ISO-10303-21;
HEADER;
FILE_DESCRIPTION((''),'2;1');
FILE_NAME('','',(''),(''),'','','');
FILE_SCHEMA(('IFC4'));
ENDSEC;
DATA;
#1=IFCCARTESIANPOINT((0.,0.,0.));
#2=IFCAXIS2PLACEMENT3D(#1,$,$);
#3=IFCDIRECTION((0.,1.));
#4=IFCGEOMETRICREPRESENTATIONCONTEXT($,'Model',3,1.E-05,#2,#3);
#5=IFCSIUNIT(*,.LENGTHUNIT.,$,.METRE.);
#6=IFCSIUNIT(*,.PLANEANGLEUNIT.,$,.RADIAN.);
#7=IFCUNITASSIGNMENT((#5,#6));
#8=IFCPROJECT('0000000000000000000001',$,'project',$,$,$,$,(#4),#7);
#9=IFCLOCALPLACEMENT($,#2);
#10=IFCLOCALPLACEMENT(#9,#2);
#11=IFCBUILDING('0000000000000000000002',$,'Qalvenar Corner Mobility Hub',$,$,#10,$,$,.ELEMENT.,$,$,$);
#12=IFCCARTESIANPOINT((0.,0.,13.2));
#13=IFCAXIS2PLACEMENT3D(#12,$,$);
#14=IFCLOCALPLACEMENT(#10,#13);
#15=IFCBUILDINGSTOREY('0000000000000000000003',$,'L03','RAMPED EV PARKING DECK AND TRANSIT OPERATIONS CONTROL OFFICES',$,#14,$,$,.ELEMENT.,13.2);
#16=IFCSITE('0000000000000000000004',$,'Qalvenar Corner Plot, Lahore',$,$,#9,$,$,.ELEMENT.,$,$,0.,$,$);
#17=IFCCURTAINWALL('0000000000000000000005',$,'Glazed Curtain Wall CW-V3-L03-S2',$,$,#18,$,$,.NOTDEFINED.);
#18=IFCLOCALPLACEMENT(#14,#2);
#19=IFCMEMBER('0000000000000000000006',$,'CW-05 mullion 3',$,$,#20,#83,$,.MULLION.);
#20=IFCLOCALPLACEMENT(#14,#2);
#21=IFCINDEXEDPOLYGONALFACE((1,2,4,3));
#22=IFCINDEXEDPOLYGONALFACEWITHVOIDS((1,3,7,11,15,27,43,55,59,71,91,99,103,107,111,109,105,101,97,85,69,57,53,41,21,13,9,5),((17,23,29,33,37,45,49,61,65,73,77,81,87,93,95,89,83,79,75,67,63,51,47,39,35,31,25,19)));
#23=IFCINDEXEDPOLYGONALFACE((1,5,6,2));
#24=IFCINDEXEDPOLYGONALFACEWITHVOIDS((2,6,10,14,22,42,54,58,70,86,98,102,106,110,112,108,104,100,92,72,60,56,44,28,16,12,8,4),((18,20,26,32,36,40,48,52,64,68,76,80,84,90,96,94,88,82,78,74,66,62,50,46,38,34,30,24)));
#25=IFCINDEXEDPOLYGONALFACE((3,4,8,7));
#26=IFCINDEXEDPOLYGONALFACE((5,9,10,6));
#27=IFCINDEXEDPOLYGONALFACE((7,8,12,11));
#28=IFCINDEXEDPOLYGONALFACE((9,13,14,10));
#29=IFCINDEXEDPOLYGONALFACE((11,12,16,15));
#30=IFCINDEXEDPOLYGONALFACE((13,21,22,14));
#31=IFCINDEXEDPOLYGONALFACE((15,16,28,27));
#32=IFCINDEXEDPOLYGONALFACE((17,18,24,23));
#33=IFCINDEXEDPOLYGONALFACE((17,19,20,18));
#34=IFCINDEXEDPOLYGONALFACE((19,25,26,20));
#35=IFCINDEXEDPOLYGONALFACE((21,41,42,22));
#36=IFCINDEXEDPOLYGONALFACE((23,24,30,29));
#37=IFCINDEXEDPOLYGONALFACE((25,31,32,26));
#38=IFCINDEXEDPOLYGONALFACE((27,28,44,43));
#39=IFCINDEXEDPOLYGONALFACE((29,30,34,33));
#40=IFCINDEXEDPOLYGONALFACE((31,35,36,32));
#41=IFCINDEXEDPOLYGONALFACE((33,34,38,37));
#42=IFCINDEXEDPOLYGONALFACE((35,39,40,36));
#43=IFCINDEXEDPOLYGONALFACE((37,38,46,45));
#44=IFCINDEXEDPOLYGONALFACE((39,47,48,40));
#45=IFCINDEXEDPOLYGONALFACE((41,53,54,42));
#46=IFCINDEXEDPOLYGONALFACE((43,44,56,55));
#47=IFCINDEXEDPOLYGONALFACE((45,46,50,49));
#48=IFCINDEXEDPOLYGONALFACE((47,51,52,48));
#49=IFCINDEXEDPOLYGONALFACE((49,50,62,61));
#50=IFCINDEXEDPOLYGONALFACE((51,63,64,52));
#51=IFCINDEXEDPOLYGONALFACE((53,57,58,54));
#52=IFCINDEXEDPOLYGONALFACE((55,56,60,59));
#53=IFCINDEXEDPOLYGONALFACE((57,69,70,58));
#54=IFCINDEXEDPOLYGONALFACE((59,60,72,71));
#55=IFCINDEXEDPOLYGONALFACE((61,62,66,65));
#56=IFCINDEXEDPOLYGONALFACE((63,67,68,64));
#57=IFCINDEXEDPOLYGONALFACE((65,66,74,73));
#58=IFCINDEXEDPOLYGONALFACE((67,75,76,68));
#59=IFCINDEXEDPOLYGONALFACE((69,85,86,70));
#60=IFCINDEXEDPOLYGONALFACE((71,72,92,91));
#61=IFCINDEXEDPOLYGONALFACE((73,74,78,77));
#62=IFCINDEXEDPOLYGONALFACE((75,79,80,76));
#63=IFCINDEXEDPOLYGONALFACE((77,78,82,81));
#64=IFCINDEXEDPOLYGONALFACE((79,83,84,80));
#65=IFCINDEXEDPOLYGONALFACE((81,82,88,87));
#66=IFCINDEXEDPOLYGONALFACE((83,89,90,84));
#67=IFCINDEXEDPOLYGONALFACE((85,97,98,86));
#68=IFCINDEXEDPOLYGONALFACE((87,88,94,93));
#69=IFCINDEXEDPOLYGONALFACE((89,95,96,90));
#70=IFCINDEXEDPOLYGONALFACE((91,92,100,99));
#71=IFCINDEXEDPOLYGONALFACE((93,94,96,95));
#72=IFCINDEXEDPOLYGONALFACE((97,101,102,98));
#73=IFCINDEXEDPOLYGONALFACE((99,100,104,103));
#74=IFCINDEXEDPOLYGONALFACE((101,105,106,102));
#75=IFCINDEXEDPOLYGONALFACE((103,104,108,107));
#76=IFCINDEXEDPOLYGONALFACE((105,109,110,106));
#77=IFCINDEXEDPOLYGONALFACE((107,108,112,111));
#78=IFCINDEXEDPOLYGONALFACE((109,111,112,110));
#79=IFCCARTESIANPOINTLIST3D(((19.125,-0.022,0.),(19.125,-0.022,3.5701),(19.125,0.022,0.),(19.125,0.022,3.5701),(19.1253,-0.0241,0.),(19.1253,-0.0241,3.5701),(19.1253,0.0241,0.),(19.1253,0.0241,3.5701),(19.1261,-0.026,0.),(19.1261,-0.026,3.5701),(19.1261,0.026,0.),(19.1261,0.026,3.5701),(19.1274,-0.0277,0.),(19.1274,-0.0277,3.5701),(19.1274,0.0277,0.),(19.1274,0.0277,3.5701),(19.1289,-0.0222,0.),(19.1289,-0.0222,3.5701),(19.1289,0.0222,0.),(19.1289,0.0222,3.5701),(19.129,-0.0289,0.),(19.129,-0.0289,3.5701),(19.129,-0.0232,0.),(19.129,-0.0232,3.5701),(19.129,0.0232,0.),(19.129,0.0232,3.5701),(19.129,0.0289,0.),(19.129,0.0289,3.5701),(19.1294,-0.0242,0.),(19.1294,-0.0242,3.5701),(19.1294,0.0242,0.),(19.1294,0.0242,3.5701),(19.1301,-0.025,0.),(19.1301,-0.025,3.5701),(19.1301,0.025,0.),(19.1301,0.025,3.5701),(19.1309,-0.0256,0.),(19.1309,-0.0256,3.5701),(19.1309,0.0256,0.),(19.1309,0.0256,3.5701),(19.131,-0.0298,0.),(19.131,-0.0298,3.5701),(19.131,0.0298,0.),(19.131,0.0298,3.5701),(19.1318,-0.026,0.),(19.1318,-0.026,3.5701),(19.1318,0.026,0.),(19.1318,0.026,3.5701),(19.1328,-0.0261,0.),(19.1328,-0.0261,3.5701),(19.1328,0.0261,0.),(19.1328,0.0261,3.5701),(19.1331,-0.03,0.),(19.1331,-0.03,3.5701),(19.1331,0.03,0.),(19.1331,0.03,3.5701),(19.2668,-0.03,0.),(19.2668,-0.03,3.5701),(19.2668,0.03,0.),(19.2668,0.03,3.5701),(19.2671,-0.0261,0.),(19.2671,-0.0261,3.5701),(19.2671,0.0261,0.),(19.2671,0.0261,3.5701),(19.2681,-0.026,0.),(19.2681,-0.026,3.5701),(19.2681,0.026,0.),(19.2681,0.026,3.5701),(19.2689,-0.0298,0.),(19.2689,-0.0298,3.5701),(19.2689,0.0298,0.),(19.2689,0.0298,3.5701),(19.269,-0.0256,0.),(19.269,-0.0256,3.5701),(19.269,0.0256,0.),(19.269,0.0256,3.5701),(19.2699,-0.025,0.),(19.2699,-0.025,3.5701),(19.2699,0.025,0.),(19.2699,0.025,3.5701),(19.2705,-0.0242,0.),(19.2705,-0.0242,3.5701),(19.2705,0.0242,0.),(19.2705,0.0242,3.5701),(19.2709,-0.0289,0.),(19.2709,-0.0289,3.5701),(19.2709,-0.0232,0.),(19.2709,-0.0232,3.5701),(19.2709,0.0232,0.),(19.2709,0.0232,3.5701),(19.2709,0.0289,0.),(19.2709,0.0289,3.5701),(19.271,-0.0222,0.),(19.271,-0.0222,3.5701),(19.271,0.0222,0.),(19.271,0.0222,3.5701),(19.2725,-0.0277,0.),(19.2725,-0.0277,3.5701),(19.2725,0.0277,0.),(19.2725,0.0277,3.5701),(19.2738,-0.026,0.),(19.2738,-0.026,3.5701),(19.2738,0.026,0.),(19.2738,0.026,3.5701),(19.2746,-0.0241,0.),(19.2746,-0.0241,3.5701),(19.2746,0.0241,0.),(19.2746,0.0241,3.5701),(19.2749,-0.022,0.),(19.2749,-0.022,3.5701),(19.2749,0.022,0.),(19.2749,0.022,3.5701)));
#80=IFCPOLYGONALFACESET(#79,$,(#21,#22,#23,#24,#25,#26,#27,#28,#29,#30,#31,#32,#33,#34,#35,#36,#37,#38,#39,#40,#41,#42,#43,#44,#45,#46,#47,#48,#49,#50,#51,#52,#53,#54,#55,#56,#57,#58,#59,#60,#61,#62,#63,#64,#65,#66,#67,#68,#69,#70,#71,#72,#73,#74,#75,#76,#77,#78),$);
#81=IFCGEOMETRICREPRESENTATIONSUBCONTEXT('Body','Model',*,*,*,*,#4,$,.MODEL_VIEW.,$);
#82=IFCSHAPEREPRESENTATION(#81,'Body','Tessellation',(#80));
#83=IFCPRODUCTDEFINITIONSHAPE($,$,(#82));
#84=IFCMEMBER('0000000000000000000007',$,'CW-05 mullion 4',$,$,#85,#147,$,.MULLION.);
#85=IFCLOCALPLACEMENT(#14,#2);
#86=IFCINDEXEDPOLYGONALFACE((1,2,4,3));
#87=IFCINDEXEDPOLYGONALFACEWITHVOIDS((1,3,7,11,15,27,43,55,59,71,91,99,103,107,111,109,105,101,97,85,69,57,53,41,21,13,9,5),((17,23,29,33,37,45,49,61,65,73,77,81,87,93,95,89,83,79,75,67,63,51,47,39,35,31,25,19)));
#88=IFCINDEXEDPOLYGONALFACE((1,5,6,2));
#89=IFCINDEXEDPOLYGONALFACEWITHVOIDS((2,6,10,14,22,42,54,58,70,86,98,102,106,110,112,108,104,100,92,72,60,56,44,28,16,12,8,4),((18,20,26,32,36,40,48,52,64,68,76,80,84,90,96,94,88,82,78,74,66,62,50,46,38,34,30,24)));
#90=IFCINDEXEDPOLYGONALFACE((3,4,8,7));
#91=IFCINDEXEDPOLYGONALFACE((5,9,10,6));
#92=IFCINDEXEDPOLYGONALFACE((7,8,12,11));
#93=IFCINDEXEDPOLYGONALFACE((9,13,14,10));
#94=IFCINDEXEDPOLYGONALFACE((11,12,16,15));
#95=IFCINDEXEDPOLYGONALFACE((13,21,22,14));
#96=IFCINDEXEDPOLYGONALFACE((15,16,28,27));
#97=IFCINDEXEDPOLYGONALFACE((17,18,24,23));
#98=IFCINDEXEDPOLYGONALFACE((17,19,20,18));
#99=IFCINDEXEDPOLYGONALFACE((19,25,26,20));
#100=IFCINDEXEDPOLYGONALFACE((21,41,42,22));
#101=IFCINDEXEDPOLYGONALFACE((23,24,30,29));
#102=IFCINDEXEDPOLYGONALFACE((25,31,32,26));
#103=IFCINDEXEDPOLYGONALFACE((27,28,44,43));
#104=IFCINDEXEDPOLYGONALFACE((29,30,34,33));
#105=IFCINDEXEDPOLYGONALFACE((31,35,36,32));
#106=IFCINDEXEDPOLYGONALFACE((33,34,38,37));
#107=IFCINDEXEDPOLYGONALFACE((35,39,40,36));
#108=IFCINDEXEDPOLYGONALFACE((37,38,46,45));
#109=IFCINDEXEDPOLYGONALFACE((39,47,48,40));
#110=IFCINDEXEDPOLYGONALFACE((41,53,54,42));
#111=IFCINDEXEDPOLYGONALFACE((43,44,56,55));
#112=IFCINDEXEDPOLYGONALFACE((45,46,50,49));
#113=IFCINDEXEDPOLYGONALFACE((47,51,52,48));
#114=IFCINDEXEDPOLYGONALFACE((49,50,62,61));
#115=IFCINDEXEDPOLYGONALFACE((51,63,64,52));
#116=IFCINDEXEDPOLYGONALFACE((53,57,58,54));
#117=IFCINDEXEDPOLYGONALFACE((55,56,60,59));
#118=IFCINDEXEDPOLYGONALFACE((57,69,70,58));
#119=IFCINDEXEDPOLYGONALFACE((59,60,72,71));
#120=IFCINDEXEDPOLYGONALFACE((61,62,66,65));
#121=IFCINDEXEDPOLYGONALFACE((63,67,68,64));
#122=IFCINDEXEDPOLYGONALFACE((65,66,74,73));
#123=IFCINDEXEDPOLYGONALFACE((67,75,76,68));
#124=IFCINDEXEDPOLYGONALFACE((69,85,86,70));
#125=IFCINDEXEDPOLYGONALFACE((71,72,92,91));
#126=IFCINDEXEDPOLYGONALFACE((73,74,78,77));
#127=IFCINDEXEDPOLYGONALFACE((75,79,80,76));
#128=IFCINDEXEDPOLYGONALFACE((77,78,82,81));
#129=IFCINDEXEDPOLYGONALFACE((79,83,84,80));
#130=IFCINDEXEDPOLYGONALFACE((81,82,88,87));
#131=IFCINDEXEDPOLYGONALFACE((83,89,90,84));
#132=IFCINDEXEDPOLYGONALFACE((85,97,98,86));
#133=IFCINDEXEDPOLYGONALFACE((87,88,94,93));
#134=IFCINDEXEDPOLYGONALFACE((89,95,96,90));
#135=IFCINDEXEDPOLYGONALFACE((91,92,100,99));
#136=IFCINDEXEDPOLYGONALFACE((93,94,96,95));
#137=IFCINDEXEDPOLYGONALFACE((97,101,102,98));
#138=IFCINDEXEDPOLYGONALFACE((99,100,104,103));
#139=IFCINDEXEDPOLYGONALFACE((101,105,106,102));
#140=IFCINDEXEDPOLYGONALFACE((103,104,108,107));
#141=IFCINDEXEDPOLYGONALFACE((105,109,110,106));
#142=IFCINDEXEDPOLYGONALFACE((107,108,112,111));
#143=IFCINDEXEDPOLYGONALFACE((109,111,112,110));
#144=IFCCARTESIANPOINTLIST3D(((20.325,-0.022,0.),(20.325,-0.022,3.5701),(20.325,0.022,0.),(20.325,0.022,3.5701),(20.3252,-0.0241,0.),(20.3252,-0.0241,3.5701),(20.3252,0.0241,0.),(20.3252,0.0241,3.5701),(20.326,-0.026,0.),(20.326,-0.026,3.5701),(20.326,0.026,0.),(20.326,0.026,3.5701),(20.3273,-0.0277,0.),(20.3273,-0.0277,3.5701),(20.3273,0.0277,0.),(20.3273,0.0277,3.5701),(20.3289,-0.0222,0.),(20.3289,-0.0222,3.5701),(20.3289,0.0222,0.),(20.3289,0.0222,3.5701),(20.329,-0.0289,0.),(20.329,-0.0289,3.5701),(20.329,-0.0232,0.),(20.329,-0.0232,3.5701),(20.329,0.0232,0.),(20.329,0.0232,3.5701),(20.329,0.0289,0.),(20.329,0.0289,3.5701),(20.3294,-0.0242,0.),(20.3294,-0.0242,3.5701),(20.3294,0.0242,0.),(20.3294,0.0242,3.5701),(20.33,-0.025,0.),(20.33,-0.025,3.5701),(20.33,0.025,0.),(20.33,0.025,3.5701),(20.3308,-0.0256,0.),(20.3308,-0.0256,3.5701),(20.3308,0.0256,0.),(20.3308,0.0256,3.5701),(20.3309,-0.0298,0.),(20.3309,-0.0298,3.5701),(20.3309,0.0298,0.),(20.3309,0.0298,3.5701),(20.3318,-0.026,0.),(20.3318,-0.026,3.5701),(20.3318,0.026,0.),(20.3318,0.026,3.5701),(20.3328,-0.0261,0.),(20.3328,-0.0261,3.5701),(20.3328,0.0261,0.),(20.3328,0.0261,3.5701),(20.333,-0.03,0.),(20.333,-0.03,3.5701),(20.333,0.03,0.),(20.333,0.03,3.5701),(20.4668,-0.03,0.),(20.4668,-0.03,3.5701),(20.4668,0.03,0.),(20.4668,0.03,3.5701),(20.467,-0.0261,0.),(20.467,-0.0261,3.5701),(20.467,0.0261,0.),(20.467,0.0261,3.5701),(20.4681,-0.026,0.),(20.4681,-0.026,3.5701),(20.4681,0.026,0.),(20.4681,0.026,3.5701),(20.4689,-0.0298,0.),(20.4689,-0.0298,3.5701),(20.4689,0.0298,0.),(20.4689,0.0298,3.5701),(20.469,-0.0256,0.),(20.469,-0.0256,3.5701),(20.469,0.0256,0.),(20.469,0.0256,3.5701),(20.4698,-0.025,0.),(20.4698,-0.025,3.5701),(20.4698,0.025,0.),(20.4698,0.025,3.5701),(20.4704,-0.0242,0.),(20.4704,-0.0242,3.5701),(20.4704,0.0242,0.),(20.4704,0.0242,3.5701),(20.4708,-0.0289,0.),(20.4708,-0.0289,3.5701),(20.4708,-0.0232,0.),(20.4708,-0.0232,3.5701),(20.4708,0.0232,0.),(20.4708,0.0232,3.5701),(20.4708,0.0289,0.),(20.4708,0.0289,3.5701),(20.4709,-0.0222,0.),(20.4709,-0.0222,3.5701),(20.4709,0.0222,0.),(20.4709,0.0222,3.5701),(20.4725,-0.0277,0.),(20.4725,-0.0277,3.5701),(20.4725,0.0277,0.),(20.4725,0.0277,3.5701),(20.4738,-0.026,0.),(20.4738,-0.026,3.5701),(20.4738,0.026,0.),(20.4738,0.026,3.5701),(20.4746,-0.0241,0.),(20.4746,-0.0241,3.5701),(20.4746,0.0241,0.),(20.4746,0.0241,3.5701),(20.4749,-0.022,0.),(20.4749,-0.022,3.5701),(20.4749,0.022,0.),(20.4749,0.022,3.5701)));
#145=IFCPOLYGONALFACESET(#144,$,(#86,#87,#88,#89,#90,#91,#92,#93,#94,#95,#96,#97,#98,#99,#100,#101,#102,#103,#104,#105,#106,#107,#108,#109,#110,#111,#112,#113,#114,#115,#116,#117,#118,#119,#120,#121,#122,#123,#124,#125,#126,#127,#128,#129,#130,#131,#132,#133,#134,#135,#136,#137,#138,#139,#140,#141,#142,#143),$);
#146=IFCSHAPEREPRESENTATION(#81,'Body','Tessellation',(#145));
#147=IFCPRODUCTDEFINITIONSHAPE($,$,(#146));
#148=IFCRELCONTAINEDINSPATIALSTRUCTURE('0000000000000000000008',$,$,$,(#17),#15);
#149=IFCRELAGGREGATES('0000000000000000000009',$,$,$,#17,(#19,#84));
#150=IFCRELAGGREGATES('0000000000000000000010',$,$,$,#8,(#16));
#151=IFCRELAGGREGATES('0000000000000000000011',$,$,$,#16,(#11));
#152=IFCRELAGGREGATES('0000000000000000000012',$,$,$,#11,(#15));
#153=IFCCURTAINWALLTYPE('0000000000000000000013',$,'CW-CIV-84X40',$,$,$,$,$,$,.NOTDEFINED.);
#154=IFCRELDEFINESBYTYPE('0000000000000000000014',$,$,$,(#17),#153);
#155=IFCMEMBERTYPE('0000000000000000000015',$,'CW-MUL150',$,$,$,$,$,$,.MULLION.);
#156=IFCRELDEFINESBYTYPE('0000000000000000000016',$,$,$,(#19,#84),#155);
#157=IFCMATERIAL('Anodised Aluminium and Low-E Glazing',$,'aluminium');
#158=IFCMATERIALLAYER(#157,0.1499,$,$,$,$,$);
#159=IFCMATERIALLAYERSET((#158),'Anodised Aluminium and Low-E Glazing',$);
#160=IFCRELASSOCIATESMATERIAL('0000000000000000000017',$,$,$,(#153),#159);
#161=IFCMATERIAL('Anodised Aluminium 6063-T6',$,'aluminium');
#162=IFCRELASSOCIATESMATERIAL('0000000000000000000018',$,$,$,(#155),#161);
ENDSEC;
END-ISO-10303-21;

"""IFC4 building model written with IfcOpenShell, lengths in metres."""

from ifc_helpers import new_model, si_unit, direction, frame, origin, origin_2d, place, context, subcontext, project, spatial, hollow_rectangle, extrude, material, layer, layer_set, material_profile, profile_set, type_object, element, aggregate, save


model = new_model("IFC4")

# Units and contexts
model_context = context("Model", 3, precision=1e-05, world=origin(), true_north=direction((0.0, 1.0)))
body_context = subcontext(model_context, "Body", "Model", "MODEL_VIEW")
ifc_project = project(units=[si_unit("LENGTHUNIT", "METRE"), si_unit("PLANEANGLEUNIT", "RADIAN")], contexts=[model_context])

# Site, building, storey
site_placement = place(None, origin())
site = spatial("IfcSite", under=ifc_project, at=site_placement, Name="Qalvenar Corner Plot, Lahore", CompositionType="ELEMENT", RefElevation=0.0)
building_placement = place(site_placement, origin())
building = spatial("IfcBuilding", under=site, at=building_placement, Name="Qalvenar Corner Mobility Hub", CompositionType="ELEMENT")
storey_placement = place(building_placement, frame((0.0, 0.0, 13.2)))
storey = spatial("IfcBuildingStorey", under=building, at=storey_placement, Name="L03", Description="RAMPED EV PARKING DECK AND TRANSIT OPERATIONS CONTROL OFFICES", CompositionType="ELEMENT", Elevation=13.2)

# Curtain wall, members
ifc_material_1 = material(Name="Anodised Aluminium and Low-E Glazing", Category="aluminium")
ifc_layer_1 = layer(ifc_material_1, 0.1499)
ifc_layer_set_1 = layer_set([ifc_layer_1], Name="Anodised Aluminium and Low-E Glazing")
curtain_wall_type = type_object("IfcCurtainWallType", Name="CW-CIV-84X40", PredefinedType="NOTDEFINED", material=ifc_layer_set_1)
curtain_wall_placement = place(storey_placement, origin())
curtain_wall = element("IfcCurtainWall", 1, at=curtain_wall_placement, inside=storey, type_object=curtain_wall_type, Name="Glazed Curtain Wall CW-V3-L03-S2", PredefinedType="NOTDEFINED")
ifc_material_2 = material(Name="Anodised Aluminium 6063-T6", Category="aluminium")
ifc_material_profile_1 = material_profile(ifc_material_2, hollow_rectangle(XDim=0.0601, YDim=0.1499, WallThickness=0.0039, InnerFilletRadius=0.0039, OuterFilletRadius=0.0081, at=origin_2d()), Name="RHS150x60x4")
ifc_profile_set_1 = profile_set([ifc_material_profile_1], Name="Anodised Aluminium 6063-T6")
member_type_1 = type_object("IfcMemberType", Name="CW-MUL150", PredefinedType="MULLION", material=ifc_profile_set_1)
member_1_placement = place(storey_placement, frame((19.2, 0.0, 0.0), z_axis=(0.0, 0.0, 1.0), x_axis=(0.0, 1.0, 0.0)))
member_1 = element("IfcMember", 2, at=member_1_placement, type_object=member_type_1, Name="CW-05 mullion 3", PredefinedType="MULLION", context=body_context, shape_type="SweptSolid", body=[
    extrude(hollow_rectangle(XDim=0.0601, YDim=0.1499, WallThickness=0.0039, InnerFilletRadius=0.0039, OuterFilletRadius=0.0081, at=origin_2d()), origin(), (0.0, 0.0, 1.0), 3.5701),
])
member_2_placement = place(storey_placement, frame((20.3999, 0.0, 0.0), z_axis=(0.0, 0.0, 1.0), x_axis=(0.0, 1.0, 0.0)))
member_2 = element("IfcMember", 3, at=member_2_placement, type_object=member_type_1, Name="CW-05 mullion 4", PredefinedType="MULLION", context=body_context, shape_type="SweptSolid", body=[
    extrude(hollow_rectangle(XDim=0.0601, YDim=0.1499, WallThickness=0.0039, InnerFilletRadius=0.0039, OuterFilletRadius=0.0081, at=origin_2d()), origin(), (0.0, 0.0, 1.0), 3.5701),
])
aggregate(curtain_wall, [member_1, member_2])

save(model, "model.ifc")
